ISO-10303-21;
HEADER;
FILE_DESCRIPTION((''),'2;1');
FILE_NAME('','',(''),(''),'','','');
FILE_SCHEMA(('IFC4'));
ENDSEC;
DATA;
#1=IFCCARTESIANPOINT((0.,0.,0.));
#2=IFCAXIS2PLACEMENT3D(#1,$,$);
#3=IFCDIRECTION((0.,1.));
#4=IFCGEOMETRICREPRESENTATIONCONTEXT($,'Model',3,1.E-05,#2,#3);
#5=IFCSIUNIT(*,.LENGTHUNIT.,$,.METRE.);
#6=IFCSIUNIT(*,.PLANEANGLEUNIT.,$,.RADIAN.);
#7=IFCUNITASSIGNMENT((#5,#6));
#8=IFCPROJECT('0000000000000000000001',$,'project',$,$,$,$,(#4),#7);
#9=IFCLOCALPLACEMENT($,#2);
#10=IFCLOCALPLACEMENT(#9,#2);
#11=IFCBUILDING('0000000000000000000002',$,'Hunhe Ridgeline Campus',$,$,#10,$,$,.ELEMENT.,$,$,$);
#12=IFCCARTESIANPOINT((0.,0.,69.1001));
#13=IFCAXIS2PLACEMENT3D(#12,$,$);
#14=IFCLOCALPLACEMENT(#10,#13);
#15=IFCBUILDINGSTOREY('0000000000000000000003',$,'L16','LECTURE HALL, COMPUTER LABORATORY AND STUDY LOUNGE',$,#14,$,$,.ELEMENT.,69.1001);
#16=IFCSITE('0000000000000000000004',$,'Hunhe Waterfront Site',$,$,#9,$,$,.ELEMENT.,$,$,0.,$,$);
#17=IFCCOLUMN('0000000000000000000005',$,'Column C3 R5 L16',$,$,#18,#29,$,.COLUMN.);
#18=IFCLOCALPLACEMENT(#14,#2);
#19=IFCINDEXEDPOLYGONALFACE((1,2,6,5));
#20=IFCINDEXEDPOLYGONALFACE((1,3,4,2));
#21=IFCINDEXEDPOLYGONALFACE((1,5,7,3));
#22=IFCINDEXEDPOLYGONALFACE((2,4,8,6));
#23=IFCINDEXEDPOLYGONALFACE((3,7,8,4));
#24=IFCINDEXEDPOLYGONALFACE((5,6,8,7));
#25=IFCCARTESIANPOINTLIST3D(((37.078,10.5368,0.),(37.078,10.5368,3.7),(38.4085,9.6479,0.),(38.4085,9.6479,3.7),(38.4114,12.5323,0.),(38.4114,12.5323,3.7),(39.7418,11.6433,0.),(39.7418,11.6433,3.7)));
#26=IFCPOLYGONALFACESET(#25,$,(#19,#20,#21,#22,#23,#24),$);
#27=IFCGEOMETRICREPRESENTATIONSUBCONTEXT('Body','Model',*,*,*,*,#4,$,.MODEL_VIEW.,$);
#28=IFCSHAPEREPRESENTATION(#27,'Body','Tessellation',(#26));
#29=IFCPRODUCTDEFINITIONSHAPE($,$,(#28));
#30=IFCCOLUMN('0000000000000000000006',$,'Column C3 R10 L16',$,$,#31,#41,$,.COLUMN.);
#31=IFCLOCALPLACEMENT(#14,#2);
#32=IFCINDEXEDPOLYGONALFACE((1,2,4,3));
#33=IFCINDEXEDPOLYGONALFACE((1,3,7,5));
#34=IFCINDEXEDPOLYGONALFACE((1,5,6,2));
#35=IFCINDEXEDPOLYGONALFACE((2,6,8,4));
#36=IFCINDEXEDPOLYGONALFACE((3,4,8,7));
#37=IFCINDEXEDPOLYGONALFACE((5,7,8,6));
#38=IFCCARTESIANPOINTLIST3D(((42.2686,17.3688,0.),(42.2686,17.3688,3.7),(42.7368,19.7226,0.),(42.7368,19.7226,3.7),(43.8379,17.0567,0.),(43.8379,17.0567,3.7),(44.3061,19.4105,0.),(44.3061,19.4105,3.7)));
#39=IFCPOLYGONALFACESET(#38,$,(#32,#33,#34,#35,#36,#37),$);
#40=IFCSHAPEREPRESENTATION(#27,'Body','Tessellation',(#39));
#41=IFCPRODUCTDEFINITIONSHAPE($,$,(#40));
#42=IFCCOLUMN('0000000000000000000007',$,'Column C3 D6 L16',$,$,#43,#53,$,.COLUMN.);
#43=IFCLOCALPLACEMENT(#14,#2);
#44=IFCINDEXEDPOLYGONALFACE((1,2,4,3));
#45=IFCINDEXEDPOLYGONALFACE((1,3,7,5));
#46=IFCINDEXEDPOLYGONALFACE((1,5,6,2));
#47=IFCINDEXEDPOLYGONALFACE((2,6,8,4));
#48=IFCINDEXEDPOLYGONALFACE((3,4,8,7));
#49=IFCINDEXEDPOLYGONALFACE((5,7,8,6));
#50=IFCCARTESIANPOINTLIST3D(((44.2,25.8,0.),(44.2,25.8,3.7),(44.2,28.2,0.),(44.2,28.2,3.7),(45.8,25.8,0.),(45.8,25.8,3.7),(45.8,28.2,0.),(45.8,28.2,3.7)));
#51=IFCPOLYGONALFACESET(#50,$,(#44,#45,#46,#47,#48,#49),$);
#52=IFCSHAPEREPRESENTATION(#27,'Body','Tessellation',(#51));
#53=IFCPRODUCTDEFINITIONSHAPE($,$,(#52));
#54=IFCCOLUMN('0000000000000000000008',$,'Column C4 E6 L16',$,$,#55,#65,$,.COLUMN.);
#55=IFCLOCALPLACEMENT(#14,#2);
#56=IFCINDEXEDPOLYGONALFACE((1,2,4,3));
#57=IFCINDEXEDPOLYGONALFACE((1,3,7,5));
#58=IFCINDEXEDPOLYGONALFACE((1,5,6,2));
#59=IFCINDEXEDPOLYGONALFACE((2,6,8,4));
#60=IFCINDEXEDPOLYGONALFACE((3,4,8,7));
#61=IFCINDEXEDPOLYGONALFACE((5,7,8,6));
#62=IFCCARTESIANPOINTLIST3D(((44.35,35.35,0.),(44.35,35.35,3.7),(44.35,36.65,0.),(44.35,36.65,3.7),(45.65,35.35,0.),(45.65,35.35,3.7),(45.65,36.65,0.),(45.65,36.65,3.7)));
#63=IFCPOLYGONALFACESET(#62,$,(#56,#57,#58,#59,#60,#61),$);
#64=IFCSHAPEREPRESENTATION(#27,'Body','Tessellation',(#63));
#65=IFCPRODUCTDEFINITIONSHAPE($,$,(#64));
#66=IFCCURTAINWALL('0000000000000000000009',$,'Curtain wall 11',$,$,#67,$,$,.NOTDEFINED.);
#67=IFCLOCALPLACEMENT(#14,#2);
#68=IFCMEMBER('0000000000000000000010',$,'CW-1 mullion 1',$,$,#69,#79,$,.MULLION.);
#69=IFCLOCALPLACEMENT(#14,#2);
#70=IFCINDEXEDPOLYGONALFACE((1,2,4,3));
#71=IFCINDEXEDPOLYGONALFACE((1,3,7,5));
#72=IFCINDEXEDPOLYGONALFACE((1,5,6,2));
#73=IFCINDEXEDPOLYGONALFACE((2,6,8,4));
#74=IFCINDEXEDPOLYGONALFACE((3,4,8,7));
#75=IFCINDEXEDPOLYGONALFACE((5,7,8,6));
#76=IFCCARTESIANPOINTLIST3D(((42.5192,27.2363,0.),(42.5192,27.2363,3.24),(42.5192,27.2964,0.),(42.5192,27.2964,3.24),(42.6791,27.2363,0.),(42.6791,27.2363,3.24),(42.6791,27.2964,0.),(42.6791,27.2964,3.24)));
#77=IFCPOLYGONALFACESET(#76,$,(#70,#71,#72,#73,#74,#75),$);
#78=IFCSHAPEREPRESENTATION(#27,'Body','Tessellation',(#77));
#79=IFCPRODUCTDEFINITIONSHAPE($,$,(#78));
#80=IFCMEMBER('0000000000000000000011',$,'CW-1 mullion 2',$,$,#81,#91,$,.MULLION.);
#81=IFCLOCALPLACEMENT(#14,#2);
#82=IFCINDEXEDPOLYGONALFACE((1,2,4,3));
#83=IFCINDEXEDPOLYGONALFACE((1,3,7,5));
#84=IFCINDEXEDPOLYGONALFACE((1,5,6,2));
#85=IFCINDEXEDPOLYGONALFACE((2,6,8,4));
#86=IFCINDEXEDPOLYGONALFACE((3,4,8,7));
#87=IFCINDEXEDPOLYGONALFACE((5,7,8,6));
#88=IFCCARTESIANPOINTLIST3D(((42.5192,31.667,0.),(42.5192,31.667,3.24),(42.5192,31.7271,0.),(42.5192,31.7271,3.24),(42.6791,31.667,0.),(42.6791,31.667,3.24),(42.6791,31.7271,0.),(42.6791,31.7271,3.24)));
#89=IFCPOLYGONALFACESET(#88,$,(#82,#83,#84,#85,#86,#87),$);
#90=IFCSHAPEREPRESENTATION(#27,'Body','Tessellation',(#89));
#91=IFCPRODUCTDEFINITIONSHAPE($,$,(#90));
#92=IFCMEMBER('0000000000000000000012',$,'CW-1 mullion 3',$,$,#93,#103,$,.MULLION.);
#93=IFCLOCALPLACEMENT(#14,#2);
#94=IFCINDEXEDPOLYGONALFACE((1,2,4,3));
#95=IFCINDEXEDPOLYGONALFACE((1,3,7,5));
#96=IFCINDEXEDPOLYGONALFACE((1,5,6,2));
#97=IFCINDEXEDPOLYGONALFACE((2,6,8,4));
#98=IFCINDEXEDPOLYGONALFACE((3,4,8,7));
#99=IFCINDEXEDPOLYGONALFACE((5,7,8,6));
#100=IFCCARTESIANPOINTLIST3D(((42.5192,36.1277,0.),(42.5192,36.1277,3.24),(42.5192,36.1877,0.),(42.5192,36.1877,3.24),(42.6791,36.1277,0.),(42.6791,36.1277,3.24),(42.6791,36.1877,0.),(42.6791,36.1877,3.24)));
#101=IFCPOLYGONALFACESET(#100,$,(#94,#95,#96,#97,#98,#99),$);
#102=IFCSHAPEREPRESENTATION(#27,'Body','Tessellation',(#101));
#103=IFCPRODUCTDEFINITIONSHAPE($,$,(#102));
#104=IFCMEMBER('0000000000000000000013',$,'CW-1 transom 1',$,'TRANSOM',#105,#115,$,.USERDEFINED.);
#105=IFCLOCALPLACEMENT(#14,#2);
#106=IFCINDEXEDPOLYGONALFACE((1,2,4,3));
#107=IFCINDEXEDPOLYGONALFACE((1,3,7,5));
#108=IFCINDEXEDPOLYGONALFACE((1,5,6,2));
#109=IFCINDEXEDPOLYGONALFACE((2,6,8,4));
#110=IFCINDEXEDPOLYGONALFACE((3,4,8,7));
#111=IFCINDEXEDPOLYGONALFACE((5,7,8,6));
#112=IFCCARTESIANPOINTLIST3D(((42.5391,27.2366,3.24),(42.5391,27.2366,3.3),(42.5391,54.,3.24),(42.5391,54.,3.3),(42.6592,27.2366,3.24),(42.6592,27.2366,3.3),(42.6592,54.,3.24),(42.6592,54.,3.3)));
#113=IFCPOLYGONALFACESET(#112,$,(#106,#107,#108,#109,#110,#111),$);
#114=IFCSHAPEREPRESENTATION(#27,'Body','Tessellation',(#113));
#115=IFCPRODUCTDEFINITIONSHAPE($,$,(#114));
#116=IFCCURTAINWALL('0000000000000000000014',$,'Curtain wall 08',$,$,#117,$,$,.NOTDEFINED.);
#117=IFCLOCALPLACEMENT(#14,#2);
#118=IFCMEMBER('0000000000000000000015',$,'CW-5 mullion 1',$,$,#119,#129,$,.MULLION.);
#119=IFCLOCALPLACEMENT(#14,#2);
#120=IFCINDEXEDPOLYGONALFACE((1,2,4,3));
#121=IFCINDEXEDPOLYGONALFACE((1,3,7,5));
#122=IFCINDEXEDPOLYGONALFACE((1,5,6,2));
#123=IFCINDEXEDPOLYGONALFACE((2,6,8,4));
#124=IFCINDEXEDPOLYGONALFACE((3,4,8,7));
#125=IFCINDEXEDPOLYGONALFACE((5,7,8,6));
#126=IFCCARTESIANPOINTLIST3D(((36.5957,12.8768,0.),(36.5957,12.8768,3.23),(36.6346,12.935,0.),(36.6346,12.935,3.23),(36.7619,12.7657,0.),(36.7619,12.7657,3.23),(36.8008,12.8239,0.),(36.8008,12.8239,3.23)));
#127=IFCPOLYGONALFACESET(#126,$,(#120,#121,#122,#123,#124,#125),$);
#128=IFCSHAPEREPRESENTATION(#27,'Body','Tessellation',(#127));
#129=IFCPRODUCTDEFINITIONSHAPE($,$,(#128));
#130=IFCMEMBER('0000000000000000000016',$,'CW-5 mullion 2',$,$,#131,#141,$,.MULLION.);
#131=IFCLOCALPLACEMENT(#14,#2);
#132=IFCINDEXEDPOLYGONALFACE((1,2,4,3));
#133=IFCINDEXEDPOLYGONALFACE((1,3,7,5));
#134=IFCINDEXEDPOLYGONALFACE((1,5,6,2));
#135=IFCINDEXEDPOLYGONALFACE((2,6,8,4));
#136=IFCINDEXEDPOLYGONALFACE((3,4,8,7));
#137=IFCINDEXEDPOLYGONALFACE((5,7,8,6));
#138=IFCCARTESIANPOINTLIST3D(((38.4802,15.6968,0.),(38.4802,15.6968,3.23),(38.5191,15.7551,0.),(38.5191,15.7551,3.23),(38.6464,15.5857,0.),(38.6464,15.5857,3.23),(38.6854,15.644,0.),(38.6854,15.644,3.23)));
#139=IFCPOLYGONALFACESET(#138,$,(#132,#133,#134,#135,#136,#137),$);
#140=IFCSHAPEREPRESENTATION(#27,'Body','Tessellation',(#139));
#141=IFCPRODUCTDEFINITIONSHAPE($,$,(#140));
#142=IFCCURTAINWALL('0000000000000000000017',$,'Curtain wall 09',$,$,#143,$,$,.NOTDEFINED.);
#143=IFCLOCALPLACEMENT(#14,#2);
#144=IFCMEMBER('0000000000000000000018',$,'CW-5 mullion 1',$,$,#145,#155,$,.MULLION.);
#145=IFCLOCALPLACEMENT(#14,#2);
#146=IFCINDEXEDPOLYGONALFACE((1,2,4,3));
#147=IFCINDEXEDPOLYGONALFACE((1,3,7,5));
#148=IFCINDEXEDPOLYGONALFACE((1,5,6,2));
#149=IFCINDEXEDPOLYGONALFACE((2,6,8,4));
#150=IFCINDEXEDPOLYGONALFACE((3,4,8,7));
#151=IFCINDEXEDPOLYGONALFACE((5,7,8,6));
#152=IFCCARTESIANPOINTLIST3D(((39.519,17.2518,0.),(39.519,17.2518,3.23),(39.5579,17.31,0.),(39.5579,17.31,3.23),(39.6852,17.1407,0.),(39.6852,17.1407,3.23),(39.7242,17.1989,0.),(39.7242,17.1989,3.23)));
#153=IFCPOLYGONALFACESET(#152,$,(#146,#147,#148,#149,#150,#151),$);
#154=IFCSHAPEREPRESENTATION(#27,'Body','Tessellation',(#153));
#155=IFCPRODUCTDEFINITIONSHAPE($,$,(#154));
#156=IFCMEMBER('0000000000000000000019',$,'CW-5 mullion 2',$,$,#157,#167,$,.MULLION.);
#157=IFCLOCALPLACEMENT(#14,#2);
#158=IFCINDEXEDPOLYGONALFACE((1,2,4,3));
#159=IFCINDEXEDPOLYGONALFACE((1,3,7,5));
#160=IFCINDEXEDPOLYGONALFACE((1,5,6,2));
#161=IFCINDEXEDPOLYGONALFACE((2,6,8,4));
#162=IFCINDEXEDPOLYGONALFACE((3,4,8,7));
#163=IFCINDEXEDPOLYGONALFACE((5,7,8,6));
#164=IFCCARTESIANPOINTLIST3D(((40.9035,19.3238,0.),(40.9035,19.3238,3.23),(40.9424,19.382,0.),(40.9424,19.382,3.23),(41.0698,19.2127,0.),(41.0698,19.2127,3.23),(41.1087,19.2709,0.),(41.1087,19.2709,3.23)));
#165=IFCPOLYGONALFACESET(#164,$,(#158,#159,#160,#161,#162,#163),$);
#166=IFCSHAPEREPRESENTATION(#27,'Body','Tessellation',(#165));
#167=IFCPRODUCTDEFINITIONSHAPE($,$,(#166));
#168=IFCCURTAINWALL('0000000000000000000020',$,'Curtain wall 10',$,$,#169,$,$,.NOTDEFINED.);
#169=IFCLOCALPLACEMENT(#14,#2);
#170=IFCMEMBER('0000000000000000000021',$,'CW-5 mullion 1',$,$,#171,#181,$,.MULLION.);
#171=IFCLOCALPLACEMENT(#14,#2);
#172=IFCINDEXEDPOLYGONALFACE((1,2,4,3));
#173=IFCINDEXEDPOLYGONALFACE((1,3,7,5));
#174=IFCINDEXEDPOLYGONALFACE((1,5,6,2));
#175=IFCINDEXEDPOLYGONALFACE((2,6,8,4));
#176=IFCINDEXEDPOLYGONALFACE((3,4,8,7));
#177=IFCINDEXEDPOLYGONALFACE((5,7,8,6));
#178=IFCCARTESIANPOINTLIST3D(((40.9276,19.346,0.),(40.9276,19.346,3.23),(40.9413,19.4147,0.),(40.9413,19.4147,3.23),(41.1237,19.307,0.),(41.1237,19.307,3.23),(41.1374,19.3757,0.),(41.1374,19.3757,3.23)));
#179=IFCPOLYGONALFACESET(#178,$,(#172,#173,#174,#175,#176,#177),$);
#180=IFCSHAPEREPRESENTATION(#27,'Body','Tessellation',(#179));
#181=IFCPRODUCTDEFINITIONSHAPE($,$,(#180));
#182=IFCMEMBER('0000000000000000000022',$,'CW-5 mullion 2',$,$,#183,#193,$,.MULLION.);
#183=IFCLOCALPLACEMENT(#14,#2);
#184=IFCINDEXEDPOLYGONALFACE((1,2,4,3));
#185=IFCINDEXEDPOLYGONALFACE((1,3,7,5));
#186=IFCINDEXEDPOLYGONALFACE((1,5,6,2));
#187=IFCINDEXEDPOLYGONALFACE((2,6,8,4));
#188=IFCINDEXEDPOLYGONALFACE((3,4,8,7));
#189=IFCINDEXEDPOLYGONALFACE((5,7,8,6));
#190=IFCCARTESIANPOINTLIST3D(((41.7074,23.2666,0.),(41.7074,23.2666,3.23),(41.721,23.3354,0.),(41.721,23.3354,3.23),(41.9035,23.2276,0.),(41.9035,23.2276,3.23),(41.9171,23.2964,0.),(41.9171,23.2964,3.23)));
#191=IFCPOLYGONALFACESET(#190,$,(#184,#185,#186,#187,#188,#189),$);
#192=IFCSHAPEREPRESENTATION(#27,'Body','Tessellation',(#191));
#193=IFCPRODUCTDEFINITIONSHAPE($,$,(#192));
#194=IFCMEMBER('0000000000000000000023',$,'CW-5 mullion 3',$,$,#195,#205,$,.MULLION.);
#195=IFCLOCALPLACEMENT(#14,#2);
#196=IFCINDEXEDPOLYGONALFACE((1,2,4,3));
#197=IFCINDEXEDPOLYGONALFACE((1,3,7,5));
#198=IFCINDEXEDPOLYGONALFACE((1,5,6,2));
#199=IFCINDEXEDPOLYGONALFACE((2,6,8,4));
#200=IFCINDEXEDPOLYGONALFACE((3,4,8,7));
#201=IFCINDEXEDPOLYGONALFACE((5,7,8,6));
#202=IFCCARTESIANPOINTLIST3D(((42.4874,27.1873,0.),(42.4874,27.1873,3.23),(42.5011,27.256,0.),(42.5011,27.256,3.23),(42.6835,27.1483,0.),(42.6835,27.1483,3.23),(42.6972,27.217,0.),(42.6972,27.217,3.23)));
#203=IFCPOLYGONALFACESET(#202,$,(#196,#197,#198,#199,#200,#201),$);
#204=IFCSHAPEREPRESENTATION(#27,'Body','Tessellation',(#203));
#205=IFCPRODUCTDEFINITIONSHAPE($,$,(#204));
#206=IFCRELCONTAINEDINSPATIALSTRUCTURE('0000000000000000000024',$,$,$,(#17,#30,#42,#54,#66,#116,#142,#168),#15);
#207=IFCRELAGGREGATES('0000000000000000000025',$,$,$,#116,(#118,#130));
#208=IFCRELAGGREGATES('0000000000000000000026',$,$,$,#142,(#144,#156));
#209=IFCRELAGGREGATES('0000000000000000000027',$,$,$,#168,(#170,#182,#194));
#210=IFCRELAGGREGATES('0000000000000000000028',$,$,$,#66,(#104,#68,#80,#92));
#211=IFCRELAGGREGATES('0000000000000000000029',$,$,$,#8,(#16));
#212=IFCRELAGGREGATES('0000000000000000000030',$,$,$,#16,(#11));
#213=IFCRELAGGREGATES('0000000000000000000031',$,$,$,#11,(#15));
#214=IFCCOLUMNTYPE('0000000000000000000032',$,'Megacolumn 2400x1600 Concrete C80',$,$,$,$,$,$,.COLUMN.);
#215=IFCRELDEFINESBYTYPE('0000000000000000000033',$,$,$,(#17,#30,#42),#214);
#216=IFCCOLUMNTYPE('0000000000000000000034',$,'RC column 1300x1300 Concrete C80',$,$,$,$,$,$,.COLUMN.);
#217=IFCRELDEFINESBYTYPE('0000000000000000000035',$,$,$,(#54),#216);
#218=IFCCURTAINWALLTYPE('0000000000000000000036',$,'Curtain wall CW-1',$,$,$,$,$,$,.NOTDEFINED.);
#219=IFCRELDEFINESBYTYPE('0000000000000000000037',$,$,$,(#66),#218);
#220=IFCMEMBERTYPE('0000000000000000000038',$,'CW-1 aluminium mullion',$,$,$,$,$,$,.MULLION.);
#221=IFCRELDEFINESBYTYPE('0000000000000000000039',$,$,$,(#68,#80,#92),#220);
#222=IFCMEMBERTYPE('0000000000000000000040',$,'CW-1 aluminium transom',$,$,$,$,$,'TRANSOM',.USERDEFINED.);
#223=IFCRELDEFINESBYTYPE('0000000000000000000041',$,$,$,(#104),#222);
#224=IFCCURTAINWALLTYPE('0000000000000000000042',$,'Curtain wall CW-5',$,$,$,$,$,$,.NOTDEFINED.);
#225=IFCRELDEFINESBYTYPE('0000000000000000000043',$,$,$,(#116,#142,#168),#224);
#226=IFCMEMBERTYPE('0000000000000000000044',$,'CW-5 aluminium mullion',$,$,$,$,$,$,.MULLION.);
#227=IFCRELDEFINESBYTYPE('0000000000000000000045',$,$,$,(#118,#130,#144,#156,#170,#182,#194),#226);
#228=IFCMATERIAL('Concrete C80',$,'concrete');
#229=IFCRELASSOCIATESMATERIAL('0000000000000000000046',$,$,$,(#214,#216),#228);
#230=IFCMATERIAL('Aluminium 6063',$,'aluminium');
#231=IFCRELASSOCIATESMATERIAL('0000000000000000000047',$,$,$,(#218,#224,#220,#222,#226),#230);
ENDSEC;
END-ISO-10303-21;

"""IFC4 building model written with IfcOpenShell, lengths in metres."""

from ifc_helpers import new_model, si_unit, direction, frame, origin, origin_2d, place, context, subcontext, project, spatial, rectangle, extrude, material, material_profile, profile_set, type_object, element, aggregate, save


model = new_model("IFC4")

# Units and contexts
model_context = context("Model", 3, precision=1e-05, world=origin(), true_north=direction((0.0, 1.0)))
body_context = subcontext(model_context, "Body", "Model", "MODEL_VIEW")
ifc_project = project(units=[si_unit("LENGTHUNIT", "METRE"), si_unit("PLANEANGLEUNIT", "RADIAN")], contexts=[model_context])

# Site, building, storey
site_placement = place(None, origin())
site = spatial("IfcSite", under=ifc_project, at=site_placement, Name="Hunhe Waterfront Site", CompositionType="ELEMENT", RefElevation=0.0)
building_placement = place(site_placement, origin())
building = spatial("IfcBuilding", under=site, at=building_placement, Name="Hunhe Ridgeline Campus", CompositionType="ELEMENT")
storey_placement = place(building_placement, frame((0.0, 0.0, 69.1001)))
storey = spatial("IfcBuildingStorey", under=building, at=storey_placement, Name="L16", Description="LECTURE HALL, COMPUTER LABORATORY AND STUDY LOUNGE", CompositionType="ELEMENT", Elevation=69.1001)

# Columns
ifc_material_1 = material(Name="Concrete C80", Category="concrete")
ifc_material_profile_1 = material_profile(ifc_material_1, rectangle(XDim=2.3999, YDim=1.6001, at=origin_2d()))
ifc_profile_set_1 = profile_set([ifc_material_profile_1], Name="Concrete C80")
column_type_1 = type_object("IfcColumnType", Name="Megacolumn 2400x1600 Concrete C80", PredefinedType="COLUMN", material=ifc_profile_set_1)
for number, where, z_axis, x_axis, name in (
    (1, (38.4099, 11.0901, 0.0), (0.0, 0.0, 1.0), (0.55557, 0.83147, 0.0), "Column C3 R5 L16"),
    (2, (43.2874, 18.3896, 0.0), (0.0, 0.0, 1.0), (0.19509, 0.980785, 0.0), "Column C3 R10 L16"),
    (3, (45.0, 27.0, 0.0), (0.0, 0.0, 1.0), (0.0, 1.0, 0.0), "Column C3 D6 L16"),
):
    element("IfcColumn", number, at=place(storey_placement, frame(where, z_axis=z_axis, x_axis=x_axis)), inside=storey, type_object=column_type_1, Name=name, PredefinedType="COLUMN", context=body_context, shape_type="SweptSolid", body=[
        extrude(rectangle(XDim=2.3999, YDim=1.6001, at=origin_2d()), origin(), (0.0, 0.0, 1.0), 3.7),
    ])
ifc_material_profile_2 = material_profile(ifc_material_1, rectangle(XDim=1.3, YDim=1.3, at=origin_2d()))
ifc_profile_set_2 = profile_set([ifc_material_profile_2], Name="Concrete C80")
column_type_2 = type_object("IfcColumnType", Name="RC column 1300x1300 Concrete C80", PredefinedType="COLUMN", material=ifc_profile_set_2)
column_placement = place(storey_placement, frame((45.0, 36.0, 0.0), z_axis=(0.0, 0.0, 1.0), x_axis=(1.0, 0.0, 0.0)))
element("IfcColumn", 4, at=column_placement, inside=storey, type_object=column_type_2, Name="Column C4 E6 L16", PredefinedType="COLUMN", context=body_context, shape_type="SweptSolid", body=[
    extrude(rectangle(XDim=1.3, YDim=1.3, at=origin_2d()), origin(), (0.0, 0.0, 1.0), 3.7),
])

# Curtain walls, members
ifc_material_2 = material(Name="Aluminium 6063", Category="aluminium")
curtain_wall_type_1 = type_object("IfcCurtainWallType", Name="Curtain wall CW-1", PredefinedType="NOTDEFINED", material=ifc_material_2)
curtain_wall_1_placement = place(storey_placement, origin())
curtain_wall_1 = element("IfcCurtainWall", 5, at=curtain_wall_1_placement, inside=storey, type_object=curtain_wall_type_1, Name="Curtain wall 11", PredefinedType="NOTDEFINED")
ifc_material_profile_3 = material_profile(ifc_material_2, rectangle(XDim=0.1599, YDim=0.0601, at=origin_2d()))
ifc_profile_set_3 = profile_set([ifc_material_profile_3], Name="Aluminium 6063")
member_type_1 = type_object("IfcMemberType", Name="CW-1 aluminium mullion", PredefinedType="MULLION", material=ifc_profile_set_3)
member_1_placement = place(storey_placement, frame((42.5991, 27.2664, 0.0), z_axis=(0.0, 0.0, 1.0), x_axis=(-1.0, 0.0, 0.0)))
member_1 = element("IfcMember", 6, at=member_1_placement, type_object=member_type_1, Name="CW-1 mullion 1", PredefinedType="MULLION", context=body_context, shape_type="SweptSolid", body=[
    extrude(rectangle(XDim=0.1599, YDim=0.0601, at=origin_2d()), origin(), (0.0, 0.0, 1.0), 3.24),
])
member_2_placement = place(storey_placement, frame((42.5991, 31.697, 0.0), z_axis=(0.0, 0.0, 1.0), x_axis=(-1.0, 0.0, 0.0)))
member_2 = element("IfcMember", 7, at=member_2_placement, type_object=member_type_1, Name="CW-1 mullion 2", PredefinedType="MULLION", context=body_context, shape_type="SweptSolid", body=[
    extrude(rectangle(XDim=0.1599, YDim=0.0601, at=origin_2d()), origin(), (0.0, 0.0, 1.0), 3.24),
])
member_3_placement = place(storey_placement, frame((42.5991, 36.1577, 0.0), z_axis=(0.0, 0.0, 1.0), x_axis=(-1.0, 0.0, 0.0)))
member_3 = element("IfcMember", 8, at=member_3_placement, type_object=member_type_1, Name="CW-1 mullion 3", PredefinedType="MULLION", context=body_context, shape_type="SweptSolid", body=[
    extrude(rectangle(XDim=0.1599, YDim=0.0601, at=origin_2d()), origin(), (0.0, 0.0, 1.0), 3.24),
])
ifc_material_profile_4 = material_profile(ifc_material_2, rectangle(XDim=0.1201, YDim=0.0601, at=origin_2d()))
ifc_profile_set_4 = profile_set([ifc_material_profile_4], Name="Aluminium 6063")
member_type_2 = type_object("IfcMemberType", Name="CW-1 aluminium transom", ElementType="TRANSOM", PredefinedType="USERDEFINED", material=ifc_profile_set_4)
member_4_placement = place(storey_placement, frame((42.5991, 27.2366, 3.27), z_axis=(0.0, 1.0, 0.0), x_axis=(-1.0, 0.0, 0.0)))
member_4 = element("IfcMember", 9, at=member_4_placement, type_object=member_type_2, Name="CW-1 transom 1", ObjectType="TRANSOM", PredefinedType="USERDEFINED", context=body_context, shape_type="SweptSolid", body=[
    extrude(rectangle(XDim=0.1201, YDim=0.0601, at=origin_2d()), origin(), (0.0, 0.0, 1.0), 26.7634),
])
curtain_wall_type_2 = type_object("IfcCurtainWallType", Name="Curtain wall CW-5", PredefinedType="NOTDEFINED", material=ifc_material_2)
curtain_wall_2_placement = place(storey_placement, origin())
curtain_wall_2 = element("IfcCurtainWall", 10, at=curtain_wall_2_placement, inside=storey, type_object=curtain_wall_type_2, Name="Curtain wall 08", PredefinedType="NOTDEFINED")
ifc_material_profile_5 = material_profile(ifc_material_2, rectangle(XDim=0.2, YDim=0.0701, at=origin_2d()))
ifc_profile_set_5 = profile_set([ifc_material_profile_5], Name="Aluminium 6063")
member_type_3 = type_object("IfcMemberType", Name="CW-5 aluminium mullion", PredefinedType="MULLION", material=ifc_profile_set_5)
member_5_placement = place(storey_placement, frame((36.6982, 12.8503, 0.0), z_axis=(0.0, 0.0, 1.0), x_axis=(-0.83147, 0.55557, 0.0)))
member_5 = element("IfcMember", 11, at=member_5_placement, type_object=member_type_3, Name="CW-5 mullion 1", PredefinedType="MULLION", context=body_context, shape_type="SweptSolid", body=[
    extrude(rectangle(XDim=0.2, YDim=0.0701, at=origin_2d()), origin(), (0.0, 0.0, 1.0), 3.23),
])
member_6_placement = place(storey_placement, frame((38.5828, 15.6704, 0.0), z_axis=(0.0, 0.0, 1.0), x_axis=(-0.83147, 0.55557, 0.0)))
member_6 = element("IfcMember", 12, at=member_6_placement, type_object=member_type_3, Name="CW-5 mullion 2", PredefinedType="MULLION", context=body_context, shape_type="SweptSolid", body=[
    extrude(rectangle(XDim=0.2, YDim=0.0701, at=origin_2d()), origin(), (0.0, 0.0, 1.0), 3.23),
])
curtain_wall_3_placement = place(storey_placement, origin())
curtain_wall_3 = element("IfcCurtainWall", 13, at=curtain_wall_3_placement, inside=storey, type_object=curtain_wall_type_2, Name="Curtain wall 09", PredefinedType="NOTDEFINED")
member_7_placement = place(storey_placement, frame((39.6216, 17.2253, 0.0), z_axis=(0.0, 0.0, 1.0), x_axis=(-0.83147, 0.55557, 0.0)))
member_7 = element("IfcMember", 14, at=member_7_placement, type_object=member_type_3, Name="CW-5 mullion 1", PredefinedType="MULLION", context=body_context, shape_type="SweptSolid", body=[
    extrude(rectangle(XDim=0.2, YDim=0.0701, at=origin_2d()), origin(), (0.0, 0.0, 1.0), 3.23),
])
member_8_placement = place(storey_placement, frame((41.0061, 19.2974, 0.0), z_axis=(0.0, 0.0, 1.0), x_axis=(-0.83147, 0.55557, 0.0)))
member_8 = element("IfcMember", 15, at=member_8_placement, type_object=member_type_3, Name="CW-5 mullion 2", PredefinedType="MULLION", context=body_context, shape_type="SweptSolid", body=[
    extrude(rectangle(XDim=0.2, YDim=0.0701, at=origin_2d()), origin(), (0.0, 0.0, 1.0), 3.23),
])
curtain_wall_4_placement = place(storey_placement, origin())
curtain_wall_4 = element("IfcCurtainWall", 16, at=curtain_wall_4_placement, inside=storey, type_object=curtain_wall_type_2, Name="Curtain wall 10", PredefinedType="NOTDEFINED")
member_9_placement = place(storey_placement, frame((41.0325, 19.3608, 0.0), z_axis=(0.0, 0.0, 1.0), x_axis=(-0.980785, 0.19509, 0.0)))
member_9 = element("IfcMember", 17, at=member_9_placement, type_object=member_type_3, Name="CW-5 mullion 1", PredefinedType="MULLION", context=body_context, shape_type="SweptSolid", body=[
    extrude(rectangle(XDim=0.2, YDim=0.0701, at=origin_2d()), origin(), (0.0, 0.0, 1.0), 3.23),
])
member_10_placement = place(storey_placement, frame((41.8123, 23.2815, 0.0), z_axis=(0.0, 0.0, 1.0), x_axis=(-0.980785, 0.19509, 0.0)))
member_10 = element("IfcMember", 18, at=member_10_placement, type_object=member_type_3, Name="CW-5 mullion 2", PredefinedType="MULLION", context=body_context, shape_type="SweptSolid", body=[
    extrude(rectangle(XDim=0.2, YDim=0.0701, at=origin_2d()), origin(), (0.0, 0.0, 1.0), 3.23),
])
member_11_placement = place(storey_placement, frame((42.5923, 27.2021, 0.0), z_axis=(0.0, 0.0, 1.0), x_axis=(-0.980785, 0.19509, 0.0)))
member_11 = element("IfcMember", 19, at=member_11_placement, type_object=member_type_3, Name="CW-5 mullion 3", PredefinedType="MULLION", context=body_context, shape_type="SweptSolid", body=[
    extrude(rectangle(XDim=0.2, YDim=0.0701, at=origin_2d()), origin(), (0.0, 0.0, 1.0), 3.23),
])

aggregate(curtain_wall_2, [member_5, member_6])
aggregate(curtain_wall_3, [member_7, member_8])
aggregate(curtain_wall_4, [member_9, member_10, member_11])
aggregate(curtain_wall_1, [member_4, member_1, member_2, member_3])

save(model, "model.ifc")
